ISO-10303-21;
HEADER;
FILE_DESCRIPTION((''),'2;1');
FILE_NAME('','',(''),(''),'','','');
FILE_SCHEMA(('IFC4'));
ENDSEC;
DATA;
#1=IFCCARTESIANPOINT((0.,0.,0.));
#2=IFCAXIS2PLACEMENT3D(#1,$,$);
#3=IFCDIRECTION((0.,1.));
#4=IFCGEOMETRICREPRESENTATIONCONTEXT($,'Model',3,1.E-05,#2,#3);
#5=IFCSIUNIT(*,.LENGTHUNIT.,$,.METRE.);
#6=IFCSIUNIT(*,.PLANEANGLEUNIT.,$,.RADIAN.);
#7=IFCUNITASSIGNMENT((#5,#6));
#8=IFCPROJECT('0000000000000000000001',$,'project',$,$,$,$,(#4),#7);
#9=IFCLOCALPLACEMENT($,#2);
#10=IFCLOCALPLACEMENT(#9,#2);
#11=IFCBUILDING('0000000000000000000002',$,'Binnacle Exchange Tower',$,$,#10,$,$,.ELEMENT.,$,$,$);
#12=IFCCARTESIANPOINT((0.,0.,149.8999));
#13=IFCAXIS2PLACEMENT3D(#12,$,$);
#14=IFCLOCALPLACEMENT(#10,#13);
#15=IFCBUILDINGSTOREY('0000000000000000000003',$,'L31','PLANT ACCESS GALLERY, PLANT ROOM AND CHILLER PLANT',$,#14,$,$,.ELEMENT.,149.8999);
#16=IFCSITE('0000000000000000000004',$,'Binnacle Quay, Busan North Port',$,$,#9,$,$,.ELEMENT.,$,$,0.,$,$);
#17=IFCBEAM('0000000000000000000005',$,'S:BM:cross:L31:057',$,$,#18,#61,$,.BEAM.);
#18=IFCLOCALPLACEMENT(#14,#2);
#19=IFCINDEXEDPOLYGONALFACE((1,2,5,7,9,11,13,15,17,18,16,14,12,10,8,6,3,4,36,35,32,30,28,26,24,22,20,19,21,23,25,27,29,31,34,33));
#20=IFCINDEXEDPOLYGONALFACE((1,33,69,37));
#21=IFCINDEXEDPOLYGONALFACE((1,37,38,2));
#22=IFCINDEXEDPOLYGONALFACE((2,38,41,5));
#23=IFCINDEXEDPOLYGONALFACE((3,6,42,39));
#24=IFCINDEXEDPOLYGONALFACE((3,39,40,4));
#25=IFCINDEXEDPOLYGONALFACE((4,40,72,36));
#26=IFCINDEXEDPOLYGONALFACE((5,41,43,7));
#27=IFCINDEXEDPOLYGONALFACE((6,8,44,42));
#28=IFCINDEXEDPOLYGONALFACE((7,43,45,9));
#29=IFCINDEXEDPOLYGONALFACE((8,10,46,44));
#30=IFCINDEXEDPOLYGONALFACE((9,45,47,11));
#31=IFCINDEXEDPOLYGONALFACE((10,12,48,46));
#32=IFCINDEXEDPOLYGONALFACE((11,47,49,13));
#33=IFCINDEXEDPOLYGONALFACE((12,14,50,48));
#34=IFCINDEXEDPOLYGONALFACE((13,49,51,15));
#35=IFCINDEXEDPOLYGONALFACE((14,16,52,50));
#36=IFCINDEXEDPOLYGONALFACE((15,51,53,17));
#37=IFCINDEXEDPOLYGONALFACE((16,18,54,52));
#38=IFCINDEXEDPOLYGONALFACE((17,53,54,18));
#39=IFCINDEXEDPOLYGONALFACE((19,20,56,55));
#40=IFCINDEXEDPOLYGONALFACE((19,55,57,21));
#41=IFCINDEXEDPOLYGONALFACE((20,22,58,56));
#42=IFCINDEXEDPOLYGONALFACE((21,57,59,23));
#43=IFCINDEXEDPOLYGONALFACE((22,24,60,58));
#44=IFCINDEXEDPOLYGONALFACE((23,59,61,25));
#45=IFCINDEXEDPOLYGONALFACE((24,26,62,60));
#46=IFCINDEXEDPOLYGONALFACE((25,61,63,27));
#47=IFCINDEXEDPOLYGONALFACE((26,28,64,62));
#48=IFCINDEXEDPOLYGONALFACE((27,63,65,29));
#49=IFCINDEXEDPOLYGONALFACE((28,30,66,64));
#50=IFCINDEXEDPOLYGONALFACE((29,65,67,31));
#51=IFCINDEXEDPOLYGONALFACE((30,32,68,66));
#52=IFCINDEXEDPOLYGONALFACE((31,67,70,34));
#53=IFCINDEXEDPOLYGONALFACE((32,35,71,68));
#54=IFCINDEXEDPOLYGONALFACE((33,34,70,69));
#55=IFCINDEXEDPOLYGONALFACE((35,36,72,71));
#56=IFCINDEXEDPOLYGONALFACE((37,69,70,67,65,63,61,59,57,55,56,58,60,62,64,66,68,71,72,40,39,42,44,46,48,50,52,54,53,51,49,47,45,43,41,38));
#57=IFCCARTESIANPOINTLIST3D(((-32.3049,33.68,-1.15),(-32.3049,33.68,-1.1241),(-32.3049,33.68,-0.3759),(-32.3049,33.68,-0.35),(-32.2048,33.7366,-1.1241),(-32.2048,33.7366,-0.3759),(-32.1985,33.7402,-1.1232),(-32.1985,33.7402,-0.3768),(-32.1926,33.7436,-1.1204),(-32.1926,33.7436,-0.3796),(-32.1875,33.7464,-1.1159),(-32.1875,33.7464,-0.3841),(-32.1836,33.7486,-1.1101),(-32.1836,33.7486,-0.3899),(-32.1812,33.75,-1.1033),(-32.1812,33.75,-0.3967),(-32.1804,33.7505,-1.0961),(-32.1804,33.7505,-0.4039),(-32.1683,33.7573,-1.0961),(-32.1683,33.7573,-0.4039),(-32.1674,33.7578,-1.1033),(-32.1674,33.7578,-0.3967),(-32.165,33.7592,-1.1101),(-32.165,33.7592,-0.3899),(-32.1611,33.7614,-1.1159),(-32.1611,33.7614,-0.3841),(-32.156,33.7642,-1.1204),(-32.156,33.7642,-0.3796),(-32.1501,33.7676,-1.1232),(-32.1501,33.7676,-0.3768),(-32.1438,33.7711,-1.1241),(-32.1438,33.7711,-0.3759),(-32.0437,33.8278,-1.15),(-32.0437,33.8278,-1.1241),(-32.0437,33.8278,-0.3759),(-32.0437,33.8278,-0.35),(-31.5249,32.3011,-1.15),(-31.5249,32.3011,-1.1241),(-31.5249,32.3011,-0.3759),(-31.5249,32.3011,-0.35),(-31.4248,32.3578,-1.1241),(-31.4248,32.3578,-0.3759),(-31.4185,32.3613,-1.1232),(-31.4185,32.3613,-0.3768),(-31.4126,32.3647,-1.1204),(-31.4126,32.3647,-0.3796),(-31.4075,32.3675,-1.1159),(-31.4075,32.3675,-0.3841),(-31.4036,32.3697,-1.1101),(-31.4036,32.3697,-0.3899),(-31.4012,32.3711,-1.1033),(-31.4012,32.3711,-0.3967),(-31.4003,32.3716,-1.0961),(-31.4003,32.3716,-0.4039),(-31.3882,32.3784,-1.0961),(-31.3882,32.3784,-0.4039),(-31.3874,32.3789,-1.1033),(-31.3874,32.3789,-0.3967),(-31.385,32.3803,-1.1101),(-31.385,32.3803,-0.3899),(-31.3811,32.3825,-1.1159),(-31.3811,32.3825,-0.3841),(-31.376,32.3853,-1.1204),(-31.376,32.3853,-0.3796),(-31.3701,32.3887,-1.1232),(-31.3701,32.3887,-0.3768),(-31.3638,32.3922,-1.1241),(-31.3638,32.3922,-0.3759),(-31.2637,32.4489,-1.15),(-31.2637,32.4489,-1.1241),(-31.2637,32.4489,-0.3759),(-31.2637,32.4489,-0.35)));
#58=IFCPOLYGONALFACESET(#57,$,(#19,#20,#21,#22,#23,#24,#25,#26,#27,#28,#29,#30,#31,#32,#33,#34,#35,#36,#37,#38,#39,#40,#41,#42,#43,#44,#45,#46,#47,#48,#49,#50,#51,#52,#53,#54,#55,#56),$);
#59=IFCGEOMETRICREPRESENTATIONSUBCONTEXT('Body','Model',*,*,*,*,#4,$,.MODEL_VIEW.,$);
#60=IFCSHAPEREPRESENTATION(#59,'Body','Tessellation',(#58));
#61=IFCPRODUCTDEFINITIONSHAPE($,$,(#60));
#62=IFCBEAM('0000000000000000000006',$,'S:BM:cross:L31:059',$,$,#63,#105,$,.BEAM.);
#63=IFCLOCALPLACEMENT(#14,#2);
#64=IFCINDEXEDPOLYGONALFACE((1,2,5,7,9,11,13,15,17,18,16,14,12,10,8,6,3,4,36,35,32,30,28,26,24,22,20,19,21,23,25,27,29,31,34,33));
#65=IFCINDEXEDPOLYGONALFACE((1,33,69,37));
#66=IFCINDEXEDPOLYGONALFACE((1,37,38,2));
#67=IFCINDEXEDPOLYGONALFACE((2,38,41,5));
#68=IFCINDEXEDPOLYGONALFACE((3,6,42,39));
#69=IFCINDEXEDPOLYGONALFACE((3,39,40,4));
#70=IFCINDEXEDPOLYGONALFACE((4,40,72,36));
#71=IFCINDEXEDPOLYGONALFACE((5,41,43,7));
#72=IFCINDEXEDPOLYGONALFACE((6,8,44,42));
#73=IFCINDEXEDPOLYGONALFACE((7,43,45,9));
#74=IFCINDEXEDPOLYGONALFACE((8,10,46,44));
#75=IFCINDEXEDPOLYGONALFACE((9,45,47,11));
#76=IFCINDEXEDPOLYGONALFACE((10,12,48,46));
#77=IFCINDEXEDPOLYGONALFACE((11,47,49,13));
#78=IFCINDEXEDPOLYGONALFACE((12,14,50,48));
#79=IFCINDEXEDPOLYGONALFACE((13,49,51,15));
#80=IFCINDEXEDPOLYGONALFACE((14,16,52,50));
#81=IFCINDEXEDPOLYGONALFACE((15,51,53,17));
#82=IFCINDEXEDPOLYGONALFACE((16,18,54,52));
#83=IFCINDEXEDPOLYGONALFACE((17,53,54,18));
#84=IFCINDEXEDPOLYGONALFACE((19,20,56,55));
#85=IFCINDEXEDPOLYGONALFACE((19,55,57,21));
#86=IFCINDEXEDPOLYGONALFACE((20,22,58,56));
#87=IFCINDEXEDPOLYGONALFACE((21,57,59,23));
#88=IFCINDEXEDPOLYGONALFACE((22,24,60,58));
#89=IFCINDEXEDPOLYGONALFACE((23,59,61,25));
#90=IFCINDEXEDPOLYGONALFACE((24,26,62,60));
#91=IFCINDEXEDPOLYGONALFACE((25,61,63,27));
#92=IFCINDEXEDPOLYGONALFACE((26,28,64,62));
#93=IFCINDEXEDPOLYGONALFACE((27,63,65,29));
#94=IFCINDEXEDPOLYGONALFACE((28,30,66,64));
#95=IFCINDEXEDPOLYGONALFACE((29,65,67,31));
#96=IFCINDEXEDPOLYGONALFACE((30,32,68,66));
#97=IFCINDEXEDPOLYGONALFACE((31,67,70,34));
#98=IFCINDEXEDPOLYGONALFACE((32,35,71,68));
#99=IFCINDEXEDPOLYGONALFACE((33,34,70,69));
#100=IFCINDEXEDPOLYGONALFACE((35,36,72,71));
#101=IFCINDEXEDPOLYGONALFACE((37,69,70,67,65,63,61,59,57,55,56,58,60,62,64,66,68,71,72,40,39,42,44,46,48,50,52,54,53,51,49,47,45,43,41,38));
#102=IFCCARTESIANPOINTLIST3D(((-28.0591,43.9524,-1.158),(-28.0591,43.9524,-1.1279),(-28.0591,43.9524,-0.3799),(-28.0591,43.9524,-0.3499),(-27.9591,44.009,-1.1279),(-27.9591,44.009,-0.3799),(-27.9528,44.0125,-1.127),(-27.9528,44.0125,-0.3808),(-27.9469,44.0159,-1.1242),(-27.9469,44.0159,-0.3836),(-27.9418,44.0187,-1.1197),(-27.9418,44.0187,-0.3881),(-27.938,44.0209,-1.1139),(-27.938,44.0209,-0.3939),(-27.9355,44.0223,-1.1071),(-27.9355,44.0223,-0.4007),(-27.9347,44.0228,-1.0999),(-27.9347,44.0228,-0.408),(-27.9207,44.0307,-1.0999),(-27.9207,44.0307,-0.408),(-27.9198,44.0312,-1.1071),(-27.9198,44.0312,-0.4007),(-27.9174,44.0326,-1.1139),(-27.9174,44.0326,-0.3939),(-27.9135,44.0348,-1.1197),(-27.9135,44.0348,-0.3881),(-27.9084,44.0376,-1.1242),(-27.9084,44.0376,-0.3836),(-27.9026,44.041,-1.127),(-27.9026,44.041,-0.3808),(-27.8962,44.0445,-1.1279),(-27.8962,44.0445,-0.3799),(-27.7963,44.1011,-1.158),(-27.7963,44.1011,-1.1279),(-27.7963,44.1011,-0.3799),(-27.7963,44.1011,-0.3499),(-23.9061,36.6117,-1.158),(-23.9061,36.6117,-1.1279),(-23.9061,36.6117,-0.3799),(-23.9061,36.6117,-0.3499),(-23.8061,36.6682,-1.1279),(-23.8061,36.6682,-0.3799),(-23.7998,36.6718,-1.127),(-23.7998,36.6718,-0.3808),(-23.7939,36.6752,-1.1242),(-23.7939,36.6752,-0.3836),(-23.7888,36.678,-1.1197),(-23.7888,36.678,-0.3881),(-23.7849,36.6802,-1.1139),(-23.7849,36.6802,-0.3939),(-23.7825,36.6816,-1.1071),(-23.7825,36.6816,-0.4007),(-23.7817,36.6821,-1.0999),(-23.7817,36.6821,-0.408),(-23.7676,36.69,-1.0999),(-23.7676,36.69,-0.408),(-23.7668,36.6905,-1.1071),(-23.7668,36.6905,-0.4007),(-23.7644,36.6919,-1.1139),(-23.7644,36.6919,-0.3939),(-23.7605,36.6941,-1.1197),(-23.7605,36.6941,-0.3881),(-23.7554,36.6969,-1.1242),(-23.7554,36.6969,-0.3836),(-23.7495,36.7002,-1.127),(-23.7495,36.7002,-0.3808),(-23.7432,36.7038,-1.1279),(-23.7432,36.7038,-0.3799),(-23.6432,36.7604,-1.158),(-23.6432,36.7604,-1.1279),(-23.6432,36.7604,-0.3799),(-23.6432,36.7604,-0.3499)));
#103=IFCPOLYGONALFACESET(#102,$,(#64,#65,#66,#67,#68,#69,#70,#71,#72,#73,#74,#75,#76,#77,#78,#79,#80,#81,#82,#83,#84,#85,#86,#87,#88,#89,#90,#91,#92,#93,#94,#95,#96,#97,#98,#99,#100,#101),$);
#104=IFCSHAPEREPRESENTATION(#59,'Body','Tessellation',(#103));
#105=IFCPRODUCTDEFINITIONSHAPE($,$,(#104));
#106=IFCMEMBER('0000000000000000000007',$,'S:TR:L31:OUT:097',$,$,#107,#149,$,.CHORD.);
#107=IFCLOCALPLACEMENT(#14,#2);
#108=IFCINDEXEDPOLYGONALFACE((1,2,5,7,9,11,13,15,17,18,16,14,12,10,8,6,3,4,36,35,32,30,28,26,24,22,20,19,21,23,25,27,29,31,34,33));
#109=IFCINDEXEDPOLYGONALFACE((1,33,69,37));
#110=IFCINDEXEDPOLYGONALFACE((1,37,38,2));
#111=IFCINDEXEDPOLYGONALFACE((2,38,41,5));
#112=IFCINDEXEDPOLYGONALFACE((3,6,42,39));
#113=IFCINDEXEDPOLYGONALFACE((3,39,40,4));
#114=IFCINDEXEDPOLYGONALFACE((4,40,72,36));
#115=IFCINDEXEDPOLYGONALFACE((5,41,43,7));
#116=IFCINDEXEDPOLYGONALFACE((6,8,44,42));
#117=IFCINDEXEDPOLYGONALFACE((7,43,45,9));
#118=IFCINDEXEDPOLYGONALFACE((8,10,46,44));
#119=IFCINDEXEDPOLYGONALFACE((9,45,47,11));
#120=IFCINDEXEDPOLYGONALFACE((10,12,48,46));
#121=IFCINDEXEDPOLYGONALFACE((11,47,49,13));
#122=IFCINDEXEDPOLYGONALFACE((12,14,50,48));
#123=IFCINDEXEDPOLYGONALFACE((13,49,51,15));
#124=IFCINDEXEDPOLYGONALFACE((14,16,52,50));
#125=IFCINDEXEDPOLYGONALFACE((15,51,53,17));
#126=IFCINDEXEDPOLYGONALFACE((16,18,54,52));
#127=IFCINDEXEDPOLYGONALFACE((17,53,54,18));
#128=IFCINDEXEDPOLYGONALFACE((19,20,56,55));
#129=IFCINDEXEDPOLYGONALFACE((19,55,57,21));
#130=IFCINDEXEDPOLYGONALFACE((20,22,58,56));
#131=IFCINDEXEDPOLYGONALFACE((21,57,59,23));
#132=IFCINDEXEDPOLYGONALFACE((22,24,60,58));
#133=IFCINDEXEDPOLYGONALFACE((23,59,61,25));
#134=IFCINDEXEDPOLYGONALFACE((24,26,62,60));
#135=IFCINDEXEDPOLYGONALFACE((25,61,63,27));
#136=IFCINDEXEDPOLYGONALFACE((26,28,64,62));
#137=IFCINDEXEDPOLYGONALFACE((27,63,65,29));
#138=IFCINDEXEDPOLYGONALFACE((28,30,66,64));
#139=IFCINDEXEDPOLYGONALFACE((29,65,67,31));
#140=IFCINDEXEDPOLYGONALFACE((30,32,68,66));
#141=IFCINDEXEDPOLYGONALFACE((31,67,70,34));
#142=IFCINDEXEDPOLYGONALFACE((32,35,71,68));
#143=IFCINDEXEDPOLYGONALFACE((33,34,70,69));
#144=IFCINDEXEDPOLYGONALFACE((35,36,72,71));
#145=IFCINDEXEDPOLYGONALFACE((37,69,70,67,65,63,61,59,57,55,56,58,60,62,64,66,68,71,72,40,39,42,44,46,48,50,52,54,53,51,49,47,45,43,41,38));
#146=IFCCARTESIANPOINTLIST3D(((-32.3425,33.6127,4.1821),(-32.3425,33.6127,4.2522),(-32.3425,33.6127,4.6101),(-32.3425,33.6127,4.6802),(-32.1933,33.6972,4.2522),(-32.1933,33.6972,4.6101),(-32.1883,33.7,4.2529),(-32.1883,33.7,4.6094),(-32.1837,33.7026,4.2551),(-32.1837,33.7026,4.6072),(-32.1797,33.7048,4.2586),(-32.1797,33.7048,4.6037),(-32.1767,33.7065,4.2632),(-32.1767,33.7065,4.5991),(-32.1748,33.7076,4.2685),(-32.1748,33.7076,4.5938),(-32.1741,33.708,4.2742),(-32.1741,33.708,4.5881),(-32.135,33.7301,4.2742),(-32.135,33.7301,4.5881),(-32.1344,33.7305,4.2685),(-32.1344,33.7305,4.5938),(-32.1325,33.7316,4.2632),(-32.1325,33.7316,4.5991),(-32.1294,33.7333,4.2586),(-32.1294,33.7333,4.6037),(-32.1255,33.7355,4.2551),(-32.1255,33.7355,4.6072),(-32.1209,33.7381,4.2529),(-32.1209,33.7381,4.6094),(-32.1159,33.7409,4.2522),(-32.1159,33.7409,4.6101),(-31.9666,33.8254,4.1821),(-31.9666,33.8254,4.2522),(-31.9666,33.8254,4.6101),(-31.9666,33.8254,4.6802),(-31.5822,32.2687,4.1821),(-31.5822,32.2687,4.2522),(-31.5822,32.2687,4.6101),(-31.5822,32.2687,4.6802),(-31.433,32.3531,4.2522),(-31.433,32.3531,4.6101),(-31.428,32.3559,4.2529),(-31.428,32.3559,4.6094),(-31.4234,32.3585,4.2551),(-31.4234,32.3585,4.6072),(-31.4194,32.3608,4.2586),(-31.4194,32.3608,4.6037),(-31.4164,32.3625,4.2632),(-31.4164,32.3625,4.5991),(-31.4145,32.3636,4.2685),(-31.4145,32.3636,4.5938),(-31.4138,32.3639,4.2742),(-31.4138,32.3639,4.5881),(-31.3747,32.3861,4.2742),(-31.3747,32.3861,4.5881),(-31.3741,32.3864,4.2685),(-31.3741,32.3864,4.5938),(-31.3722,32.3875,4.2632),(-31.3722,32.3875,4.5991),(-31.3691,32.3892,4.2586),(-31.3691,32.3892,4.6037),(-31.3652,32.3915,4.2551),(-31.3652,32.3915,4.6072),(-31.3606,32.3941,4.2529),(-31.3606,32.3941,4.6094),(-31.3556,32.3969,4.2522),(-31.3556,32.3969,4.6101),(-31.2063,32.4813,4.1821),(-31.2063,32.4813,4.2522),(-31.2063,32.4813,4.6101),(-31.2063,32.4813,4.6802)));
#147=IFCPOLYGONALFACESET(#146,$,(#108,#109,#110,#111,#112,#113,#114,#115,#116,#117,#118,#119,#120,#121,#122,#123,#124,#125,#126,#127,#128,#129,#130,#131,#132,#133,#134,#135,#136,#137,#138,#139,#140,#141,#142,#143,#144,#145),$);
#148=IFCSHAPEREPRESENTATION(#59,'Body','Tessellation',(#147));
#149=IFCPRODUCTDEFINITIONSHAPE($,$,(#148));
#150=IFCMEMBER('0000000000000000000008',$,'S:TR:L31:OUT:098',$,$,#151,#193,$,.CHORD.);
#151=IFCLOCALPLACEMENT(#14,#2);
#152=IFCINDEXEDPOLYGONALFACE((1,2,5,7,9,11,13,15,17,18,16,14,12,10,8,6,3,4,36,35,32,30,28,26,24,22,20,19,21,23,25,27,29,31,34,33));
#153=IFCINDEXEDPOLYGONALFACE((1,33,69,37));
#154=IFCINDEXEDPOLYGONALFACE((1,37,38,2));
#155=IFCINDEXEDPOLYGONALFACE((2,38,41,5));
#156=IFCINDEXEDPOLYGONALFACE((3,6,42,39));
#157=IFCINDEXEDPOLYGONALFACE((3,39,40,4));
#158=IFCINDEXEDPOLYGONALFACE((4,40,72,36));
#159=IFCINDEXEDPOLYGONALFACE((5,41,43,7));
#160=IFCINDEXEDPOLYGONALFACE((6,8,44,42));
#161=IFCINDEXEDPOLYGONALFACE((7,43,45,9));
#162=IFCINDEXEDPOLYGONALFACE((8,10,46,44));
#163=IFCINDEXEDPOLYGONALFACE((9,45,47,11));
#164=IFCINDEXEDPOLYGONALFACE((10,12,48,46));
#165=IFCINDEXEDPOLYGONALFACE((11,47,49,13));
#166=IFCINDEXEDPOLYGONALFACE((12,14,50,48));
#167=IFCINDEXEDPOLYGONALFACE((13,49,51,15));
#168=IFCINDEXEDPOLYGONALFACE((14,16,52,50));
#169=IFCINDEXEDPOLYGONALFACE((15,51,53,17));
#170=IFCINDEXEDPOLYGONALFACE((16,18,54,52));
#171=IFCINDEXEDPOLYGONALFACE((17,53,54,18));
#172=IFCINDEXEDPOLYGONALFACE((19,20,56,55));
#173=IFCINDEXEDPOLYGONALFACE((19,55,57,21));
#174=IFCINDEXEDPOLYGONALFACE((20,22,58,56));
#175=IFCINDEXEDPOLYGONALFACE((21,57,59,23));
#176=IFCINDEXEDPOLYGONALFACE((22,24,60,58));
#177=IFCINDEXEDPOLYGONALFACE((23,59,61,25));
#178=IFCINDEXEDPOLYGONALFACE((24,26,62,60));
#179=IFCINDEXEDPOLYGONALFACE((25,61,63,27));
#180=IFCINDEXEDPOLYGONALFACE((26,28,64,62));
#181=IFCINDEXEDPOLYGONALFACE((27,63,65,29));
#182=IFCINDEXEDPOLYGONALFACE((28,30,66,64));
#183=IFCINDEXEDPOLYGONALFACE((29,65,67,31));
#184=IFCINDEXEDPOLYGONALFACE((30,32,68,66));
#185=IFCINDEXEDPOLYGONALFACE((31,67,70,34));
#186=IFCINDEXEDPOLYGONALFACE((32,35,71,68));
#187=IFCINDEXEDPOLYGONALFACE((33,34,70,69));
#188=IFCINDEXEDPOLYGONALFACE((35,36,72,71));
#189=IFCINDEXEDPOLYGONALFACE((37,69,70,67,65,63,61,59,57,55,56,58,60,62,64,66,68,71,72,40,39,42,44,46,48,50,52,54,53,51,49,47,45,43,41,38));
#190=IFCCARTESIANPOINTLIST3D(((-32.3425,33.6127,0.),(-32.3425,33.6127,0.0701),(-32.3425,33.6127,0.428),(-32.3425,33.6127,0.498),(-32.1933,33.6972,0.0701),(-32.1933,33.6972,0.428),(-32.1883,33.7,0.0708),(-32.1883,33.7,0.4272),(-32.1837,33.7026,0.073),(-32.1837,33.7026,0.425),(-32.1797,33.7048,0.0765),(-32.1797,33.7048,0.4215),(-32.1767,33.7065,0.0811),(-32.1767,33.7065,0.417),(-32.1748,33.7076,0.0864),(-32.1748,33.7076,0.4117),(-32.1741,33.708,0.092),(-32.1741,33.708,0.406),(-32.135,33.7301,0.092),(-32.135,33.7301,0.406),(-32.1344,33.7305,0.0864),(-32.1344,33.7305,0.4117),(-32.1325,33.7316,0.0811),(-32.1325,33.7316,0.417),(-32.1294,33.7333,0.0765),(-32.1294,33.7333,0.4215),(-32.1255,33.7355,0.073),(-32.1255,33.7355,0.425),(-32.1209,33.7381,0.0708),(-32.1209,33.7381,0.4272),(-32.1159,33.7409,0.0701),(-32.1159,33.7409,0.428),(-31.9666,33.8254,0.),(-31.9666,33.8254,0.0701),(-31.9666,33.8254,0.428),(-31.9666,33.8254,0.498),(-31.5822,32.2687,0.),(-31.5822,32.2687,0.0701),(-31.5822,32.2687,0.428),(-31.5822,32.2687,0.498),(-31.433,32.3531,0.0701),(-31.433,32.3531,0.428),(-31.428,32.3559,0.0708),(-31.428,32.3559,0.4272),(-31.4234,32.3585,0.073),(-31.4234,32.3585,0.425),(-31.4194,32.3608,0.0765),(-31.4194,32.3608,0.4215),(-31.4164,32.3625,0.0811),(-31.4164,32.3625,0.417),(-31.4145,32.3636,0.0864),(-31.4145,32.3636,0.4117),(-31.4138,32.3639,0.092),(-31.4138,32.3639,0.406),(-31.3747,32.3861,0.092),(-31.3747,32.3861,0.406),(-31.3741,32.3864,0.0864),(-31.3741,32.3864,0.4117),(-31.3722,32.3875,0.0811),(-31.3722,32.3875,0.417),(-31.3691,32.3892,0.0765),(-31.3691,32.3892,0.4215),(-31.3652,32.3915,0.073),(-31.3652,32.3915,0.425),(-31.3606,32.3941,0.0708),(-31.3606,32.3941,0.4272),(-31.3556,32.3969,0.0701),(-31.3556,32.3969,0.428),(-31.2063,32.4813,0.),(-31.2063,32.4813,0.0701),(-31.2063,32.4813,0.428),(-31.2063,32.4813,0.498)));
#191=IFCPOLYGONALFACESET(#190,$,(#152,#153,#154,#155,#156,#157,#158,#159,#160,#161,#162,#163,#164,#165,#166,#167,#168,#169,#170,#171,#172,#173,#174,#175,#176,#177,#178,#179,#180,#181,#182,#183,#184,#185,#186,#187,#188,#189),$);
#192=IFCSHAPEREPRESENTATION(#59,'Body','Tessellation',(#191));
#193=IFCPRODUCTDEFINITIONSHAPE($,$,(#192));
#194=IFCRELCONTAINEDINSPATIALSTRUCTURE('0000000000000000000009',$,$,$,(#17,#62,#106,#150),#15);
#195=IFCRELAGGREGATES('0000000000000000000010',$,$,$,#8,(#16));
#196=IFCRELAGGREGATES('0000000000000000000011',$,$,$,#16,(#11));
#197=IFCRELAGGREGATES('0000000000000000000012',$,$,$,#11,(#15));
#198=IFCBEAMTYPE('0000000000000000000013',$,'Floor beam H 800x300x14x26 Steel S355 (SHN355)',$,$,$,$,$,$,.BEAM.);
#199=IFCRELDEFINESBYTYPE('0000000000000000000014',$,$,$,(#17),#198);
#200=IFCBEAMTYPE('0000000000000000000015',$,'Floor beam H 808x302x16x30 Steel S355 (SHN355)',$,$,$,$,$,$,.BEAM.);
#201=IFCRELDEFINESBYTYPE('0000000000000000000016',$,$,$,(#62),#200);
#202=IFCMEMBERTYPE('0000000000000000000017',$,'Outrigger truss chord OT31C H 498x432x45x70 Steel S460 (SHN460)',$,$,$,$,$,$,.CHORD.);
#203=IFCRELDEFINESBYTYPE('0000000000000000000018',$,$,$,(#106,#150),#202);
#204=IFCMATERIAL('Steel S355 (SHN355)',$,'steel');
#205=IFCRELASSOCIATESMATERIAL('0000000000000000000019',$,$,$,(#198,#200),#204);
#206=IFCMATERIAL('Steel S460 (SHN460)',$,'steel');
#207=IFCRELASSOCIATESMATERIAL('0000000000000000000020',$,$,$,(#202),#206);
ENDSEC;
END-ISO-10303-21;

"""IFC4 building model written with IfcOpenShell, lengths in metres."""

from ifc_helpers import new_model, si_unit, direction, frame, origin, origin_2d, place, context, subcontext, project, spatial, i_section, extrude, material, material_profile, profile_set, type_object, element, save


model = new_model("IFC4")

# Units and contexts
model_context = context("Model", 3, precision=1e-05, world=origin(), true_north=direction((0.0, 1.0)))
body_context = subcontext(model_context, "Body", "Model", "MODEL_VIEW")
ifc_project = project(units=[si_unit("LENGTHUNIT", "METRE"), si_unit("PLANEANGLEUNIT", "RADIAN")], contexts=[model_context])

# Site, building, storey
site_placement = place(None, origin())
site = spatial("IfcSite", under=ifc_project, at=site_placement, Name="Binnacle Quay, Busan North Port", CompositionType="ELEMENT", RefElevation=0.0)
building_placement = place(site_placement, origin())
building = spatial("IfcBuilding", under=site, at=building_placement, Name="Binnacle Exchange Tower", CompositionType="ELEMENT")
storey_placement = place(building_placement, frame((0.0, 0.0, 149.8999)))
storey = spatial("IfcBuildingStorey", under=building, at=storey_placement, Name="L31", Description="PLANT ACCESS GALLERY, PLANT ROOM AND CHILLER PLANT", CompositionType="ELEMENT", Elevation=149.8999)

# Shared definitions
ifc_material_1 = material(Name="Steel S460 (SHN460)", Category="steel")
ifc_material_2 = material(Name="Steel S355 (SHN355)", Category="steel")

# Beams
ifc_material_profile_1 = material_profile(ifc_material_2, i_section(OverallWidth=0.3, OverallDepth=0.8, WebThickness=0.0139, FlangeThickness=0.0259, FilletRadius=0.0281, at=origin_2d()), Name="H 800x300x14x26")
ifc_profile_set_1 = profile_set([ifc_material_profile_1], Name="Steel S355 (SHN355)")
beam_type_1 = type_object("IfcBeamType", Name="Floor beam H 800x300x14x26 Steel S355 (SHN355)", PredefinedType="BEAM", material=ifc_profile_set_1)
beam_1_placement = place(storey_placement, frame((-31.3943, 32.375, -0.75), z_axis=(-0.492367, 0.870388, 0.0), x_axis=(-0.870388, -0.492367, 0.0)))
element("IfcBeam", 1, at=beam_1_placement, inside=storey, type_object=beam_type_1, Name="S:BM:cross:L31:057", PredefinedType="BEAM", context=body_context, shape_type="SweptSolid", body=[
    extrude(i_section(OverallWidth=0.3, OverallDepth=0.8, WebThickness=0.0139, FlangeThickness=0.0259, FilletRadius=0.0281, at=origin_2d()), origin(), (0.0, 0.0, 1.0), 1.5842),
])
ifc_material_profile_2 = material_profile(ifc_material_2, i_section(OverallWidth=0.302, OverallDepth=0.8081, WebThickness=0.0161, FlangeThickness=0.03, FilletRadius=0.0281, at=origin_2d()), Name="H 808x302x16x30")
ifc_profile_set_2 = profile_set([ifc_material_profile_2], Name="Steel S355 (SHN355)")
beam_type_2 = type_object("IfcBeamType", Name="Floor beam H 808x302x16x30 Steel S355 (SHN355)", PredefinedType="BEAM", material=ifc_profile_set_2)
beam_2_placement = place(storey_placement, frame((-23.7747, 36.686, -0.7539), z_axis=(-0.492409, 0.870364, 0.0), x_axis=(-0.870364, -0.492409, 0.0)))
element("IfcBeam", 2, at=beam_2_placement, inside=storey, type_object=beam_type_2, Name="S:BM:cross:L31:059", PredefinedType="BEAM", context=body_context, shape_type="SweptSolid", body=[
    extrude(i_section(OverallWidth=0.302, OverallDepth=0.8081, WebThickness=0.0161, FlangeThickness=0.03, FilletRadius=0.0281, at=origin_2d()), origin(), (0.0, 0.0, 1.0), 8.4341),
])

# Members
ifc_material_profile_3 = material_profile(ifc_material_1, i_section(OverallWidth=0.4319, OverallDepth=0.498, WebThickness=0.0449, FlangeThickness=0.0701, FilletRadius=0.022, at=origin_2d()), Name="H 498x432x45x70")
ifc_profile_set_3 = profile_set([ifc_material_profile_3], Name="Steel S460 (SHN460)")
member_type_1 = type_object("IfcMemberType", Name="Outrigger truss chord OT31C H 498x432x45x70 Steel S460 (SHN460)", PredefinedType="CHORD", material=ifc_profile_set_3)
for number, where, z_axis, x_axis, name in (
    (3, (-31.3943, 32.375, 4.4312), (-0.492354, 0.870395, 0.0), (-0.870395, -0.492354, 0.0), "S:TR:L31:OUT:097"),
    (4, (-31.3943, 32.375, 0.249), (-0.492354, 0.870395, 0.0), (-0.870395, -0.492354, 0.0), "S:TR:L31:OUT:098"),
):
    element("IfcMember", number, at=place(storey_placement, frame(where, z_axis=z_axis, x_axis=x_axis)), inside=storey, type_object=member_type_1, Name=name, PredefinedType="CHORD", context=body_context, shape_type="SweptSolid", body=[
        extrude(i_section(OverallWidth=0.4319, OverallDepth=0.498, WebThickness=0.0449, FlangeThickness=0.0701, FilletRadius=0.022, at=origin_2d()), origin(), (0.0, 0.0, 1.0), 1.5442),
    ])

save(model, "model.ifc")
